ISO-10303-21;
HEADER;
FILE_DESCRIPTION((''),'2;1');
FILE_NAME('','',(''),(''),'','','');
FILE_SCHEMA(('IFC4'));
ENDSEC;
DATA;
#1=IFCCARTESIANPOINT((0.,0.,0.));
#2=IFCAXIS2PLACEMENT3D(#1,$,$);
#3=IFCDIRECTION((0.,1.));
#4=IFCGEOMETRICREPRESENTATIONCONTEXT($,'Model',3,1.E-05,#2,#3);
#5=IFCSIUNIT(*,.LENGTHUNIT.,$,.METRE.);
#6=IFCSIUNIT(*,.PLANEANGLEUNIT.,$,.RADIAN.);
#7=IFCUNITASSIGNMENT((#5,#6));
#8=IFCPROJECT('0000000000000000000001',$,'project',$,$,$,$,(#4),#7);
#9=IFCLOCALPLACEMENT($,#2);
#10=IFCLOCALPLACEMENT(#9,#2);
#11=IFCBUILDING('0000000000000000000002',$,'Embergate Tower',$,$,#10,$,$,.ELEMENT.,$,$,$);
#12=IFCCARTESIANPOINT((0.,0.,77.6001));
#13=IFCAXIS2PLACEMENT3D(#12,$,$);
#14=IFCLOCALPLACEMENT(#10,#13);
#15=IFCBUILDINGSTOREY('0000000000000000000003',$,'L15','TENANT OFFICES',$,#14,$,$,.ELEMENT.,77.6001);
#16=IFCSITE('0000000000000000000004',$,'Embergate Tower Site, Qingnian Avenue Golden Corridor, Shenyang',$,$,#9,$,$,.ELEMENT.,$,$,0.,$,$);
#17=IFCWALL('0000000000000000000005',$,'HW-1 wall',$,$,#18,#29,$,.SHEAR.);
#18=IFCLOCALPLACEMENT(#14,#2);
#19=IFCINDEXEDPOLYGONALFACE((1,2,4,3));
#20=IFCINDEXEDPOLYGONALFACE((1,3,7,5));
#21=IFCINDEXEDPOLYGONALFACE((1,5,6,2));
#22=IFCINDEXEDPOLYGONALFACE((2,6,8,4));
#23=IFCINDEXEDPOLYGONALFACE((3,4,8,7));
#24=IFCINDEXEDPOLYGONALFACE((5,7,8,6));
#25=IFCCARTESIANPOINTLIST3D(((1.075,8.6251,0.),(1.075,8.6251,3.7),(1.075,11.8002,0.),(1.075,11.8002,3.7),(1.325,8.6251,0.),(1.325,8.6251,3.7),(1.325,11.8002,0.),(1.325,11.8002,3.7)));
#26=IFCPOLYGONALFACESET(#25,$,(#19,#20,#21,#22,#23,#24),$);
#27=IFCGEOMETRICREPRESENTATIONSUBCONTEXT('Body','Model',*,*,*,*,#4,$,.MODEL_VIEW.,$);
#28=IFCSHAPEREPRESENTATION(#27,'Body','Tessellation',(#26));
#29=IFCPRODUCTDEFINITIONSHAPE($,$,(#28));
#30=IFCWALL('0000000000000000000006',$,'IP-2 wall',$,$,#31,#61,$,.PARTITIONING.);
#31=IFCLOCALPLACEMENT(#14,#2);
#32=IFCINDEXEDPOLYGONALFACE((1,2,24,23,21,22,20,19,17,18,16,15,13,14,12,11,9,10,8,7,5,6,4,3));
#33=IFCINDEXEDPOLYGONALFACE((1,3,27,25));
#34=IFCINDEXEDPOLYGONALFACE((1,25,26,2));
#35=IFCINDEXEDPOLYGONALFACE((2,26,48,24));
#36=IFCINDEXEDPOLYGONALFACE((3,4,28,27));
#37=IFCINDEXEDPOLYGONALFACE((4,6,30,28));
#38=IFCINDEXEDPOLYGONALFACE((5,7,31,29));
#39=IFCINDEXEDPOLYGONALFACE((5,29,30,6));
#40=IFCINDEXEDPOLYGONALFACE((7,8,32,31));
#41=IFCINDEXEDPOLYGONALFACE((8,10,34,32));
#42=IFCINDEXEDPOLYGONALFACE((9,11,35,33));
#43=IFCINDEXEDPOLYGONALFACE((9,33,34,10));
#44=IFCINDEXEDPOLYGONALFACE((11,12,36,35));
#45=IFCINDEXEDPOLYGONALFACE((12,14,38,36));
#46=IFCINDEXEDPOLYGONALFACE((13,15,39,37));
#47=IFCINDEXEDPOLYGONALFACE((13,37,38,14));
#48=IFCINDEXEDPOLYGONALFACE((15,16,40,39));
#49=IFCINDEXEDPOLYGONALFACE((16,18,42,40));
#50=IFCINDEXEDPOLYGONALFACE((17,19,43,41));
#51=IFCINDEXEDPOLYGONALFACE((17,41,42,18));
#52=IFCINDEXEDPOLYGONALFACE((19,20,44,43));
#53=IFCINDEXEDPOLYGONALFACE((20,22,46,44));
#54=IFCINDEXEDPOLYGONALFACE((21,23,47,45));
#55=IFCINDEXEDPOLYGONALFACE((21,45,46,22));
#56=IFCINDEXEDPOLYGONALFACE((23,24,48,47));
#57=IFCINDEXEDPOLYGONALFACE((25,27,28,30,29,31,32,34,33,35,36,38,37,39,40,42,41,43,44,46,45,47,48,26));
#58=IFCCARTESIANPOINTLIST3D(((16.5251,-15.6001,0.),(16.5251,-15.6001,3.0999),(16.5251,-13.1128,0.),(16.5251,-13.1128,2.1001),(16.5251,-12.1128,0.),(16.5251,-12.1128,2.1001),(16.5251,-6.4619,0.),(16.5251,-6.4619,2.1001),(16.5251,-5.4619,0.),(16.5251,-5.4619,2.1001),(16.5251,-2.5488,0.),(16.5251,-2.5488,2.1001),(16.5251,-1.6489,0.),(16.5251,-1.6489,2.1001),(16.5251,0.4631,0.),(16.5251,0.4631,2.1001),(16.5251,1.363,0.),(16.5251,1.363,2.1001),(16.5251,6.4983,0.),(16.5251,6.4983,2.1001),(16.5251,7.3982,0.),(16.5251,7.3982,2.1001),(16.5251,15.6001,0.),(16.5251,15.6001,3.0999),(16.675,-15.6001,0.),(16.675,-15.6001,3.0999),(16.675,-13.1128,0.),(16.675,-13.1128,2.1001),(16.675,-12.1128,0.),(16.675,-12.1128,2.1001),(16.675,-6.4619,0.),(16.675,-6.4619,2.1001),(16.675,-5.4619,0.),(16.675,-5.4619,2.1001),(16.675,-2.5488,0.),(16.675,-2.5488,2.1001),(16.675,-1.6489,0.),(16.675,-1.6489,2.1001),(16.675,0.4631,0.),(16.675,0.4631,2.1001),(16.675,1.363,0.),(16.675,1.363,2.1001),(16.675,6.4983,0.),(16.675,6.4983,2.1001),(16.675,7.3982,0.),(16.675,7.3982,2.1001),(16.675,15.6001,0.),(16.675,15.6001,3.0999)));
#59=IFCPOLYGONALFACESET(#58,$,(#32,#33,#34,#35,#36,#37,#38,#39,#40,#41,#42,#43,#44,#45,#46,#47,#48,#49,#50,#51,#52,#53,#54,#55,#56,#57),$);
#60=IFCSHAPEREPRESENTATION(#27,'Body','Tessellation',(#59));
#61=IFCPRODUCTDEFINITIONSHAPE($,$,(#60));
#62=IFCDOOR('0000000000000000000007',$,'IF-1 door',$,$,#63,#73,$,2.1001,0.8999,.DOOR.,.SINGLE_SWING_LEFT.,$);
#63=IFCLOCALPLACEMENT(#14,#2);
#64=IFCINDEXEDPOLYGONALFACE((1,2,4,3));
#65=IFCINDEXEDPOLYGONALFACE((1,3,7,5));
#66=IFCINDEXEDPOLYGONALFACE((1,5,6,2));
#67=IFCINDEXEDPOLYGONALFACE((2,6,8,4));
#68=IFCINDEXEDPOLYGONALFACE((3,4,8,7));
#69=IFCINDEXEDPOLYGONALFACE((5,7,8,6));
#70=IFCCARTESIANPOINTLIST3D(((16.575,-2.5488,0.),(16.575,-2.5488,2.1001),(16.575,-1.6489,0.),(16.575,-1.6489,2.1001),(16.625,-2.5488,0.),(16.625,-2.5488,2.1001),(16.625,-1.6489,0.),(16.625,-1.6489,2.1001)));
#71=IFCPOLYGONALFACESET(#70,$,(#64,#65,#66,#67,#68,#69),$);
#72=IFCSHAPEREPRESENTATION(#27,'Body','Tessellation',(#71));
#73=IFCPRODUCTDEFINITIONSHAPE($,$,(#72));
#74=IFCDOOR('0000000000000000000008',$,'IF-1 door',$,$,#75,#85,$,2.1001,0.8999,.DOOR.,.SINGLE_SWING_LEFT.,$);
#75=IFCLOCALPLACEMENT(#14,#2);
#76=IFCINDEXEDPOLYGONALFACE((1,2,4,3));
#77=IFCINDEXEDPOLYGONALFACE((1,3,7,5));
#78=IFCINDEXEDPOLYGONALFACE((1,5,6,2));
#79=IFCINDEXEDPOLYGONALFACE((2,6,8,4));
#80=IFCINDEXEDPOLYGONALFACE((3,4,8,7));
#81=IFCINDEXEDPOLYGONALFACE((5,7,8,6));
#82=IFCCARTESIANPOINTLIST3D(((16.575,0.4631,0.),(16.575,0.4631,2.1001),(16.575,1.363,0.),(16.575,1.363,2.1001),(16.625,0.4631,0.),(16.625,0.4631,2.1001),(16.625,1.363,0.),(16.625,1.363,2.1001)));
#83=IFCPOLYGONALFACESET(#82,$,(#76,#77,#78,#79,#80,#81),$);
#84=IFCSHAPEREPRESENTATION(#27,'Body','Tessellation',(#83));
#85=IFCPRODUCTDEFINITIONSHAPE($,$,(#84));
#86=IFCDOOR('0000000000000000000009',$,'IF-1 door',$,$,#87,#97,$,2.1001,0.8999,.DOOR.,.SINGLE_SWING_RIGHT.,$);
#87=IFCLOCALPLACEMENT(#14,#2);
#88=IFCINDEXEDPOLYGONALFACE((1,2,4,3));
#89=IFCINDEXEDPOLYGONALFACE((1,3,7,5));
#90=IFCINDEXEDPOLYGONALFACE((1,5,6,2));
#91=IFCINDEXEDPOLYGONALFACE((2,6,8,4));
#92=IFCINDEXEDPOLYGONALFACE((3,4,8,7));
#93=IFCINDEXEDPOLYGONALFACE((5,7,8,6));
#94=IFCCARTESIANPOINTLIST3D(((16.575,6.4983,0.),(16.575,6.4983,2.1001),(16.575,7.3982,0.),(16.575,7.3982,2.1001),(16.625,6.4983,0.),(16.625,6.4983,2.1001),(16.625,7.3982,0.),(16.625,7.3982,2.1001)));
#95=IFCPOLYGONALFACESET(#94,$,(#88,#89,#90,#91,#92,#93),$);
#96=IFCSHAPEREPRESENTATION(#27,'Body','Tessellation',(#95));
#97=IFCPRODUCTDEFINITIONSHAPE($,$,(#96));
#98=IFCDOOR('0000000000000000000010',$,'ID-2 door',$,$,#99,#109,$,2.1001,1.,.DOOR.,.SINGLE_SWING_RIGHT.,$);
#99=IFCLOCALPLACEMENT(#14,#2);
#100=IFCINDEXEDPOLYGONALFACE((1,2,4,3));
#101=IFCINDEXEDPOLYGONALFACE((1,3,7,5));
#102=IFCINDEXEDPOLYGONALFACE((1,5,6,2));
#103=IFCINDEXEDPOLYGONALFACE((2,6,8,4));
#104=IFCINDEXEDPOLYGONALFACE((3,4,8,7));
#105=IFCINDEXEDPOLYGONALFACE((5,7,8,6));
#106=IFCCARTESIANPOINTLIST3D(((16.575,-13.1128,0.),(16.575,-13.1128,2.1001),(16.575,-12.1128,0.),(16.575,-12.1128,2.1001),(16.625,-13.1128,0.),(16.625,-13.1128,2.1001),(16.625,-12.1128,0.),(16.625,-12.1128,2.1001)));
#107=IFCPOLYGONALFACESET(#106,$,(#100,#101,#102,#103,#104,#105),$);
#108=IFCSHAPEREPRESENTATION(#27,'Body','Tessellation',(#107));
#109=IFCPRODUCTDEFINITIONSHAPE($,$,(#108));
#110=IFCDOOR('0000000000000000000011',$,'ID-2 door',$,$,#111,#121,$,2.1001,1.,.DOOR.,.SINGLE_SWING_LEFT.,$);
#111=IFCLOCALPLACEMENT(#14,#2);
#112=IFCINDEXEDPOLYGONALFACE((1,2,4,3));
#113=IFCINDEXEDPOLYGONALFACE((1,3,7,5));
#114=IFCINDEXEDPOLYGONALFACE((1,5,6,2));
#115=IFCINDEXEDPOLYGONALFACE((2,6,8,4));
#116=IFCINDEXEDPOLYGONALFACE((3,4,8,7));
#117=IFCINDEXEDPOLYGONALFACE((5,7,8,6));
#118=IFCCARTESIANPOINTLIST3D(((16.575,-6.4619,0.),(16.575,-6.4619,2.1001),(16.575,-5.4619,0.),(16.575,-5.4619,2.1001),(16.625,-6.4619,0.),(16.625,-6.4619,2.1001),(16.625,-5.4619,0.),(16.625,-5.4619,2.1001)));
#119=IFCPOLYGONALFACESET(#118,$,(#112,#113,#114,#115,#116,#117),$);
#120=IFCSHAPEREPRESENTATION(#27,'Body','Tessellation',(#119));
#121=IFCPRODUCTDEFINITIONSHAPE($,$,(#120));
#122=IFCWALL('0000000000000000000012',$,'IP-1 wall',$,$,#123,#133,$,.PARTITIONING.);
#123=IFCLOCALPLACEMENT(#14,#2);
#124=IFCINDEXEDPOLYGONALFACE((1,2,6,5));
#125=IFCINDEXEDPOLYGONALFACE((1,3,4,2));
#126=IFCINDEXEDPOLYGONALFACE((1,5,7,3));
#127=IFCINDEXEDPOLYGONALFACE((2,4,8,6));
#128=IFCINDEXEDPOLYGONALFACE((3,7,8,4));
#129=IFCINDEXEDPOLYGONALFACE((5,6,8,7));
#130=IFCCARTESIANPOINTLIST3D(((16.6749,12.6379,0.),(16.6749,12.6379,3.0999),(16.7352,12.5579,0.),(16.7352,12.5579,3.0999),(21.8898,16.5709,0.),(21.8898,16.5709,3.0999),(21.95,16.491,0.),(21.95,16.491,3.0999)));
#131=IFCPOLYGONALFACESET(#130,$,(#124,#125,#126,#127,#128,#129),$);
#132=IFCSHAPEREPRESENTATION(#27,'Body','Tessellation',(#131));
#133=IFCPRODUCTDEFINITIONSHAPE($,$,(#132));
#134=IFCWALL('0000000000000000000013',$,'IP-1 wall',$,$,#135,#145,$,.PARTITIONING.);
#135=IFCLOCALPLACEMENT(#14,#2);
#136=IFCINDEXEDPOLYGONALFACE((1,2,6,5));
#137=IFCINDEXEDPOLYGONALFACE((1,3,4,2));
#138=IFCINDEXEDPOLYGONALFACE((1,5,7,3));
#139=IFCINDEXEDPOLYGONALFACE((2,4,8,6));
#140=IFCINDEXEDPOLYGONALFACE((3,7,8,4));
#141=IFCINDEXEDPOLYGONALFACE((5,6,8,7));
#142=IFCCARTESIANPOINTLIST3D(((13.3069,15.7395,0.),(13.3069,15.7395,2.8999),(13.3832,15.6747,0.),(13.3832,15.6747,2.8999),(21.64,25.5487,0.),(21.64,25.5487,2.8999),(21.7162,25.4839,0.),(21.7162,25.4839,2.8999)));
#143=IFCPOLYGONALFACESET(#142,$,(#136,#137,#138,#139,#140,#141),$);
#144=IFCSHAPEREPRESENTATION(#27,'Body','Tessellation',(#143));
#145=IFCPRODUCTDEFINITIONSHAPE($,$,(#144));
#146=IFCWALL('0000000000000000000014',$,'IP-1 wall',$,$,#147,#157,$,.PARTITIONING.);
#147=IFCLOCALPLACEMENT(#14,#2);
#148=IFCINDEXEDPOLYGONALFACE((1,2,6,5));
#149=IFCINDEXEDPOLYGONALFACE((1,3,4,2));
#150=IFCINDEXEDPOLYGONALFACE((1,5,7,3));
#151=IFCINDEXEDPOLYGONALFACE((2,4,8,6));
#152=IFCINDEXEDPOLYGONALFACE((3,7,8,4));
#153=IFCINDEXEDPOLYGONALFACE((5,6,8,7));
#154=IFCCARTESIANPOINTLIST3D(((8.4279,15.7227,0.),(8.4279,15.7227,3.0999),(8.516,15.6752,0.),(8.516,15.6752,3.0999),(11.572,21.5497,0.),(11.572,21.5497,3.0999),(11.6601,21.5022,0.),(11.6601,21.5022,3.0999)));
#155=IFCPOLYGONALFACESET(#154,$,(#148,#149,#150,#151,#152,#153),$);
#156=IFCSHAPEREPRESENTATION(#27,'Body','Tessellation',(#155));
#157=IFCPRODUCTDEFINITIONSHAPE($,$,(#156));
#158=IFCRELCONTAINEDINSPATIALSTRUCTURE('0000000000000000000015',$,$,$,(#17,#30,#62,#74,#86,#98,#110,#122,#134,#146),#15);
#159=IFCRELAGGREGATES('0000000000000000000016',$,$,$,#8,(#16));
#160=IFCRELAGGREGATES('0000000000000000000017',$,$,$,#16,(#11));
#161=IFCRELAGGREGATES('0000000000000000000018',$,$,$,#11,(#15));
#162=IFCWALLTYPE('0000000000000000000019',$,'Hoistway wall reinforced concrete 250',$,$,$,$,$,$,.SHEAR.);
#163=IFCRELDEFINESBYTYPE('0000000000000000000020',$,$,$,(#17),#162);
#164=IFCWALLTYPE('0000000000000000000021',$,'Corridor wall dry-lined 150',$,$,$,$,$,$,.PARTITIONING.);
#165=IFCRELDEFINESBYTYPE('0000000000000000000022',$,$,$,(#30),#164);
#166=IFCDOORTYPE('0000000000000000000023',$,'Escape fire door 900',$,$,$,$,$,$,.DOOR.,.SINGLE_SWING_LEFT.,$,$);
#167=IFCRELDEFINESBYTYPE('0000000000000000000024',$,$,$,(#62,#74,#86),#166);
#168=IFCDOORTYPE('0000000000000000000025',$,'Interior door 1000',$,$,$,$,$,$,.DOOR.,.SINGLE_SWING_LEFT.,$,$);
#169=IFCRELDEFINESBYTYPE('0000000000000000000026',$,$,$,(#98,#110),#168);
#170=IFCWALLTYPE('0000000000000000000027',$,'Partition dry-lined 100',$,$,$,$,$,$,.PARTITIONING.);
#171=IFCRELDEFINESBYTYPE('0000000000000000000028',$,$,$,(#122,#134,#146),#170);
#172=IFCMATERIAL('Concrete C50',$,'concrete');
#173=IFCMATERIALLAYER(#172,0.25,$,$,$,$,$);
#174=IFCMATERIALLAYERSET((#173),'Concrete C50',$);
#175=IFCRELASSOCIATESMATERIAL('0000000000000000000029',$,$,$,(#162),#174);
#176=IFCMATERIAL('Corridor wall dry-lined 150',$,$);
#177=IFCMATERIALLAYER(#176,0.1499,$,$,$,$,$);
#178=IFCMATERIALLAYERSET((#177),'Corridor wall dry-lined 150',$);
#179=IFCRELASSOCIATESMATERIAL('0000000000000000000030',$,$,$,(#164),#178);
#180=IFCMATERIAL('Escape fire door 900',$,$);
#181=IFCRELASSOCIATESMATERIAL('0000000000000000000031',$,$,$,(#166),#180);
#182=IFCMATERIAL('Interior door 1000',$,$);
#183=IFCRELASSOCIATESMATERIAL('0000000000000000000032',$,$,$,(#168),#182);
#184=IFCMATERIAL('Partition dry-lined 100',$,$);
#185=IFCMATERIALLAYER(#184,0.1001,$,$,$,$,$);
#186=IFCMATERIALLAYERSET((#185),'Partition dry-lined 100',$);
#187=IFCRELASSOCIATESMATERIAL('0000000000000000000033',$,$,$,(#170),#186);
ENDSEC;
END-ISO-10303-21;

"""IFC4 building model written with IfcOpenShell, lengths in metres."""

from ifc_helpers import new_model, si_unit, direction, frame, frame_2d, origin, place, context, subcontext, project, spatial, rectangle, extrude, source, transform, mapped, material, layer, layer_set, type_object, element, fill, save


model = new_model("IFC4")

# Units and contexts
model_context = context("Model", 3, precision=1e-05, world=origin(), true_north=direction((0.0, 1.0)))
body_context = subcontext(model_context, "Body", "Model", "MODEL_VIEW")
ifc_project = project(units=[si_unit("LENGTHUNIT", "METRE"), si_unit("PLANEANGLEUNIT", "RADIAN")], contexts=[model_context])

# Site, building, storey
site_placement = place(None, origin())
site = spatial("IfcSite", under=ifc_project, at=site_placement, Name="Embergate Tower Site, Qingnian Avenue Golden Corridor, Shenyang", CompositionType="ELEMENT", RefElevation=0.0)
building_placement = place(site_placement, origin())
building = spatial("IfcBuilding", under=site, at=building_placement, Name="Embergate Tower", CompositionType="ELEMENT")
storey_placement = place(building_placement, frame((0.0, 0.0, 77.6001)))
storey = spatial("IfcBuildingStorey", under=building, at=storey_placement, Name="L15", Description="TENANT OFFICES", CompositionType="ELEMENT", Elevation=77.6001)

# Wall
ifc_material_1 = material(Name="Concrete C50", Category="concrete")
ifc_layer_1 = layer(ifc_material_1, 0.25)
ifc_layer_set_1 = layer_set([ifc_layer_1], Name="Concrete C50")
wall_type_1 = type_object("IfcWallType", Name="Hoistway wall reinforced concrete 250", PredefinedType="SHEAR", material=ifc_layer_set_1)
shared_shape_1 = source(origin(), body_context, "Body", "SweptSolid", [
    extrude(rectangle(XDim=3.175, YDim=0.25, at=frame_2d((1.5874, 0.0))), origin(), (0.0, 0.0, 1.0), 3.7),
])
wall_1_placement = place(storey_placement, frame((1.2, 11.8, 0.0), z_axis=(0.0, 0.0, 1.0), x_axis=(0.0, -1.0, 0.0)))
element("IfcWall", 1, at=wall_1_placement, inside=storey, type_object=wall_type_1, Name="HW-1 wall", PredefinedType="SHEAR", context=body_context, shape_type="MappedRepresentation", body=[
    mapped(shared_shape_1, transform((0.0, 0.0, 0.0))),
])

# Wall, openings, doors
ifc_material_2 = material(Name="Corridor wall dry-lined 150")
ifc_layer_2 = layer(ifc_material_2, 0.1499)
ifc_layer_set_2 = layer_set([ifc_layer_2], Name="Corridor wall dry-lined 150")
wall_type_2 = type_object("IfcWallType", Name="Corridor wall dry-lined 150", PredefinedType="PARTITIONING", material=ifc_layer_set_2)
shared_shape_2 = source(origin(), body_context, "Body", "SweptSolid", [
    extrude(rectangle(XDim=31.2002, YDim=0.1499, at=frame_2d((15.6001, 0.0))), origin(), (0.0, 0.0, 1.0), 3.0999),
])
wall_2_placement = place(storey_placement, frame((16.6001, 15.6001, 0.0), z_axis=(0.0, 0.0, 1.0), x_axis=(0.0, -1.0, 0.0)))
wall_2 = element("IfcWall", 2, at=wall_2_placement, inside=storey, type_object=wall_type_2, Name="IP-2 wall", PredefinedType="PARTITIONING", context=body_context, shape_type="MappedRepresentation", body=[
    mapped(shared_shape_2, transform((0.0, 0.0, 0.0))),
])
shared_shape_3 = source(origin(), body_context, "Body", "SweptSolid", [
    extrude(rectangle(XDim=1.0, YDim=2.1001, at=frame_2d((0.5, 1.05))), frame((0.0, 0.085, 0.0), z_axis=(0.0, -1.0, 0.0), x_axis=(1.0, 0.0, 0.0)), (0.0, 0.0, 1.0), 0.1699),
])
opening_1_placement = place(wall_2_placement, frame((27.7129, 0.0, 0.0)))
opening_1 = element("IfcOpeningElement", 3, at=opening_1_placement, cuts=wall_2, PredefinedType="OPENING", context=body_context, shape_type="MappedRepresentation", body=[
    mapped(shared_shape_3, transform((0.0, 0.0, 0.0))),
])
opening_2_placement = place(wall_2_placement, frame((21.062, 0.0, 0.0)))
opening_2 = element("IfcOpeningElement", 4, at=opening_2_placement, cuts=wall_2, PredefinedType="OPENING", context=body_context, shape_type="MappedRepresentation", body=[
    mapped(shared_shape_3, transform((0.0, 0.0, 0.0))),
])
shared_shape_4 = source(origin(), body_context, "Body", "SweptSolid", [
    extrude(rectangle(XDim=0.8999, YDim=2.1001, at=frame_2d((0.45, 1.05))), frame((0.0, 0.085, 0.0), z_axis=(0.0, -1.0, 0.0), x_axis=(1.0, 0.0, 0.0)), (0.0, 0.0, 1.0), 0.1699),
])
opening_3_placement = place(wall_2_placement, frame((17.249, 0.0, 0.0)))
opening_3 = element("IfcOpeningElement", 5, at=opening_3_placement, cuts=wall_2, PredefinedType="OPENING", context=body_context, shape_type="MappedRepresentation", body=[
    mapped(shared_shape_4, transform((0.0, 0.0, 0.0))),
])
opening_4_placement = place(wall_2_placement, frame((14.2371, 0.0, 0.0)))
opening_4 = element("IfcOpeningElement", 6, at=opening_4_placement, cuts=wall_2, PredefinedType="OPENING", context=body_context, shape_type="MappedRepresentation", body=[
    mapped(shared_shape_4, transform((0.0, 0.0, 0.0))),
])
opening_5_placement = place(wall_2_placement, frame((8.2019, 0.0, 0.0)))
opening_5 = element("IfcOpeningElement", 7, at=opening_5_placement, cuts=wall_2, PredefinedType="OPENING", context=body_context, shape_type="MappedRepresentation", body=[
    mapped(shared_shape_4, transform((0.0, 0.0, 0.0))),
])
ifc_material_3 = material(Name="Escape fire door 900")
door_type_1 = type_object("IfcDoorType", Name="Escape fire door 900", OperationType="SINGLE_SWING_LEFT", PredefinedType="DOOR", material=ifc_material_3)
shared_shape_5 = source(origin(), body_context, "Body", "SweptSolid", [
    extrude(rectangle(XDim=0.8999, YDim=2.1001, at=frame_2d((0.45, 1.05))), frame((0.0, 0.0249, 0.0), z_axis=(0.0, -1.0, 0.0), x_axis=(1.0, 0.0, 0.0)), (0.0, 0.0, 1.0), 0.05),
])
door_1_placement = place(opening_3_placement, origin())
door_1 = element("IfcDoor", 8, at=door_1_placement, inside=storey, type_object=door_type_1, Name="IF-1 door", OperationType="SINGLE_SWING_LEFT", OverallHeight=2.1001, OverallWidth=0.8999, PredefinedType="DOOR", context=body_context, shape_type="MappedRepresentation", body=[
    mapped(shared_shape_5, transform((0.0, 0.0, 0.0))),
])
fill(opening_3, door_1)
door_2_placement = place(opening_4_placement, origin())
door_2 = element("IfcDoor", 9, at=door_2_placement, inside=storey, type_object=door_type_1, Name="IF-1 door", OperationType="SINGLE_SWING_LEFT", OverallHeight=2.1001, OverallWidth=0.8999, PredefinedType="DOOR", context=body_context, shape_type="MappedRepresentation", body=[
    mapped(shared_shape_5, transform((0.0, 0.0, 0.0))),
])
fill(opening_4, door_2)
door_3_placement = place(opening_5_placement, origin())
door_3 = element("IfcDoor", 10, at=door_3_placement, inside=storey, type_object=door_type_1, Name="IF-1 door", OperationType="SINGLE_SWING_RIGHT", OverallHeight=2.1001, OverallWidth=0.8999, PredefinedType="DOOR", context=body_context, shape_type="MappedRepresentation", body=[
    mapped(shared_shape_5, transform((0.0, 0.0, 0.0))),
])
fill(opening_5, door_3)
ifc_material_4 = material(Name="Interior door 1000")
door_type_2 = type_object("IfcDoorType", Name="Interior door 1000", OperationType="SINGLE_SWING_LEFT", PredefinedType="DOOR", material=ifc_material_4)
shared_shape_6 = source(origin(), body_context, "Body", "SweptSolid", [
    extrude(rectangle(XDim=1.0, YDim=2.1001, at=frame_2d((0.5, 1.05))), frame((0.0, 0.0249, 0.0), z_axis=(0.0, -1.0, 0.0), x_axis=(1.0, 0.0, 0.0)), (0.0, 0.0, 1.0), 0.05),
])
door_4_placement = place(opening_1_placement, origin())
door_4 = element("IfcDoor", 11, at=door_4_placement, inside=storey, type_object=door_type_2, Name="ID-2 door", OperationType="SINGLE_SWING_RIGHT", OverallHeight=2.1001, OverallWidth=1.0, PredefinedType="DOOR", context=body_context, shape_type="MappedRepresentation", body=[
    mapped(shared_shape_6, transform((0.0, 0.0, 0.0))),
])
fill(opening_1, door_4)
door_5_placement = place(opening_2_placement, origin())
door_5 = element("IfcDoor", 12, at=door_5_placement, inside=storey, type_object=door_type_2, Name="ID-2 door", OperationType="SINGLE_SWING_LEFT", OverallHeight=2.1001, OverallWidth=1.0, PredefinedType="DOOR", context=body_context, shape_type="MappedRepresentation", body=[
    mapped(shared_shape_6, transform((0.0, 0.0, 0.0))),
])
fill(opening_2, door_5)

# Walls
ifc_material_5 = material(Name="Partition dry-lined 100")
ifc_layer_3 = layer(ifc_material_5, 0.1001)
ifc_layer_set_3 = layer_set([ifc_layer_3], Name="Partition dry-lined 100")
wall_type_3 = type_object("IfcWallType", Name="Partition dry-lined 100", PredefinedType="PARTITIONING", material=ifc_layer_set_3)
shared_shape_7 = source(origin(), body_context, "Body", "SweptSolid", [
    extrude(rectangle(XDim=6.5317, YDim=0.1001, at=frame_2d((3.2659, 0.0))), origin(), (0.0, 0.0, 1.0), 3.0999),
])
wall_3_placement = place(storey_placement, frame((16.7051, 12.5979, 0.0), z_axis=(0.0, 0.0, 1.0), x_axis=(0.798382, 0.602151, 0.0)))
element("IfcWall", 13, at=wall_3_placement, inside=storey, type_object=wall_type_3, Name="IP-1 wall", PredefinedType="PARTITIONING", context=body_context, shape_type="MappedRepresentation", body=[
    mapped(shared_shape_7, transform((0.0, 0.0, 0.0))),
])
shared_shape_8 = source(origin(), body_context, "Body", "SweptSolid", [
    extrude(rectangle(XDim=12.8708, YDim=0.1001, at=frame_2d((6.4355, 0.0))), origin(), (0.0, 0.0, 1.0), 2.8999),
])
wall_4_placement = place(storey_placement, frame((13.345, 15.707, 0.0), z_axis=(0.0, 0.0, 1.0), x_axis=(0.647436, 0.76212, 0.0)))
element("IfcWall", 14, at=wall_4_placement, inside=storey, type_object=wall_type_3, Name="IP-1 wall", PredefinedType="PARTITIONING", context=body_context, shape_type="MappedRepresentation", body=[
    mapped(shared_shape_8, transform((0.0, 0.0, 0.0))),
])
shared_shape_9 = source(origin(), body_context, "Body", "SweptSolid", [
    extrude(rectangle(XDim=6.6211, YDim=0.1001, at=frame_2d((3.3105, 0.0))), origin(), (0.0, 0.0, 1.0), 3.0999),
])
wall_5_placement = place(storey_placement, frame((8.4719, 15.699, 0.0), z_axis=(0.0, 0.0, 1.0), x_axis=(0.474858, 0.880062, 0.0)))
element("IfcWall", 15, at=wall_5_placement, inside=storey, type_object=wall_type_3, Name="IP-1 wall", PredefinedType="PARTITIONING", context=body_context, shape_type="MappedRepresentation", body=[
    mapped(shared_shape_9, transform((0.0, 0.0, 0.0))),
])

save(model, "model.ifc")
